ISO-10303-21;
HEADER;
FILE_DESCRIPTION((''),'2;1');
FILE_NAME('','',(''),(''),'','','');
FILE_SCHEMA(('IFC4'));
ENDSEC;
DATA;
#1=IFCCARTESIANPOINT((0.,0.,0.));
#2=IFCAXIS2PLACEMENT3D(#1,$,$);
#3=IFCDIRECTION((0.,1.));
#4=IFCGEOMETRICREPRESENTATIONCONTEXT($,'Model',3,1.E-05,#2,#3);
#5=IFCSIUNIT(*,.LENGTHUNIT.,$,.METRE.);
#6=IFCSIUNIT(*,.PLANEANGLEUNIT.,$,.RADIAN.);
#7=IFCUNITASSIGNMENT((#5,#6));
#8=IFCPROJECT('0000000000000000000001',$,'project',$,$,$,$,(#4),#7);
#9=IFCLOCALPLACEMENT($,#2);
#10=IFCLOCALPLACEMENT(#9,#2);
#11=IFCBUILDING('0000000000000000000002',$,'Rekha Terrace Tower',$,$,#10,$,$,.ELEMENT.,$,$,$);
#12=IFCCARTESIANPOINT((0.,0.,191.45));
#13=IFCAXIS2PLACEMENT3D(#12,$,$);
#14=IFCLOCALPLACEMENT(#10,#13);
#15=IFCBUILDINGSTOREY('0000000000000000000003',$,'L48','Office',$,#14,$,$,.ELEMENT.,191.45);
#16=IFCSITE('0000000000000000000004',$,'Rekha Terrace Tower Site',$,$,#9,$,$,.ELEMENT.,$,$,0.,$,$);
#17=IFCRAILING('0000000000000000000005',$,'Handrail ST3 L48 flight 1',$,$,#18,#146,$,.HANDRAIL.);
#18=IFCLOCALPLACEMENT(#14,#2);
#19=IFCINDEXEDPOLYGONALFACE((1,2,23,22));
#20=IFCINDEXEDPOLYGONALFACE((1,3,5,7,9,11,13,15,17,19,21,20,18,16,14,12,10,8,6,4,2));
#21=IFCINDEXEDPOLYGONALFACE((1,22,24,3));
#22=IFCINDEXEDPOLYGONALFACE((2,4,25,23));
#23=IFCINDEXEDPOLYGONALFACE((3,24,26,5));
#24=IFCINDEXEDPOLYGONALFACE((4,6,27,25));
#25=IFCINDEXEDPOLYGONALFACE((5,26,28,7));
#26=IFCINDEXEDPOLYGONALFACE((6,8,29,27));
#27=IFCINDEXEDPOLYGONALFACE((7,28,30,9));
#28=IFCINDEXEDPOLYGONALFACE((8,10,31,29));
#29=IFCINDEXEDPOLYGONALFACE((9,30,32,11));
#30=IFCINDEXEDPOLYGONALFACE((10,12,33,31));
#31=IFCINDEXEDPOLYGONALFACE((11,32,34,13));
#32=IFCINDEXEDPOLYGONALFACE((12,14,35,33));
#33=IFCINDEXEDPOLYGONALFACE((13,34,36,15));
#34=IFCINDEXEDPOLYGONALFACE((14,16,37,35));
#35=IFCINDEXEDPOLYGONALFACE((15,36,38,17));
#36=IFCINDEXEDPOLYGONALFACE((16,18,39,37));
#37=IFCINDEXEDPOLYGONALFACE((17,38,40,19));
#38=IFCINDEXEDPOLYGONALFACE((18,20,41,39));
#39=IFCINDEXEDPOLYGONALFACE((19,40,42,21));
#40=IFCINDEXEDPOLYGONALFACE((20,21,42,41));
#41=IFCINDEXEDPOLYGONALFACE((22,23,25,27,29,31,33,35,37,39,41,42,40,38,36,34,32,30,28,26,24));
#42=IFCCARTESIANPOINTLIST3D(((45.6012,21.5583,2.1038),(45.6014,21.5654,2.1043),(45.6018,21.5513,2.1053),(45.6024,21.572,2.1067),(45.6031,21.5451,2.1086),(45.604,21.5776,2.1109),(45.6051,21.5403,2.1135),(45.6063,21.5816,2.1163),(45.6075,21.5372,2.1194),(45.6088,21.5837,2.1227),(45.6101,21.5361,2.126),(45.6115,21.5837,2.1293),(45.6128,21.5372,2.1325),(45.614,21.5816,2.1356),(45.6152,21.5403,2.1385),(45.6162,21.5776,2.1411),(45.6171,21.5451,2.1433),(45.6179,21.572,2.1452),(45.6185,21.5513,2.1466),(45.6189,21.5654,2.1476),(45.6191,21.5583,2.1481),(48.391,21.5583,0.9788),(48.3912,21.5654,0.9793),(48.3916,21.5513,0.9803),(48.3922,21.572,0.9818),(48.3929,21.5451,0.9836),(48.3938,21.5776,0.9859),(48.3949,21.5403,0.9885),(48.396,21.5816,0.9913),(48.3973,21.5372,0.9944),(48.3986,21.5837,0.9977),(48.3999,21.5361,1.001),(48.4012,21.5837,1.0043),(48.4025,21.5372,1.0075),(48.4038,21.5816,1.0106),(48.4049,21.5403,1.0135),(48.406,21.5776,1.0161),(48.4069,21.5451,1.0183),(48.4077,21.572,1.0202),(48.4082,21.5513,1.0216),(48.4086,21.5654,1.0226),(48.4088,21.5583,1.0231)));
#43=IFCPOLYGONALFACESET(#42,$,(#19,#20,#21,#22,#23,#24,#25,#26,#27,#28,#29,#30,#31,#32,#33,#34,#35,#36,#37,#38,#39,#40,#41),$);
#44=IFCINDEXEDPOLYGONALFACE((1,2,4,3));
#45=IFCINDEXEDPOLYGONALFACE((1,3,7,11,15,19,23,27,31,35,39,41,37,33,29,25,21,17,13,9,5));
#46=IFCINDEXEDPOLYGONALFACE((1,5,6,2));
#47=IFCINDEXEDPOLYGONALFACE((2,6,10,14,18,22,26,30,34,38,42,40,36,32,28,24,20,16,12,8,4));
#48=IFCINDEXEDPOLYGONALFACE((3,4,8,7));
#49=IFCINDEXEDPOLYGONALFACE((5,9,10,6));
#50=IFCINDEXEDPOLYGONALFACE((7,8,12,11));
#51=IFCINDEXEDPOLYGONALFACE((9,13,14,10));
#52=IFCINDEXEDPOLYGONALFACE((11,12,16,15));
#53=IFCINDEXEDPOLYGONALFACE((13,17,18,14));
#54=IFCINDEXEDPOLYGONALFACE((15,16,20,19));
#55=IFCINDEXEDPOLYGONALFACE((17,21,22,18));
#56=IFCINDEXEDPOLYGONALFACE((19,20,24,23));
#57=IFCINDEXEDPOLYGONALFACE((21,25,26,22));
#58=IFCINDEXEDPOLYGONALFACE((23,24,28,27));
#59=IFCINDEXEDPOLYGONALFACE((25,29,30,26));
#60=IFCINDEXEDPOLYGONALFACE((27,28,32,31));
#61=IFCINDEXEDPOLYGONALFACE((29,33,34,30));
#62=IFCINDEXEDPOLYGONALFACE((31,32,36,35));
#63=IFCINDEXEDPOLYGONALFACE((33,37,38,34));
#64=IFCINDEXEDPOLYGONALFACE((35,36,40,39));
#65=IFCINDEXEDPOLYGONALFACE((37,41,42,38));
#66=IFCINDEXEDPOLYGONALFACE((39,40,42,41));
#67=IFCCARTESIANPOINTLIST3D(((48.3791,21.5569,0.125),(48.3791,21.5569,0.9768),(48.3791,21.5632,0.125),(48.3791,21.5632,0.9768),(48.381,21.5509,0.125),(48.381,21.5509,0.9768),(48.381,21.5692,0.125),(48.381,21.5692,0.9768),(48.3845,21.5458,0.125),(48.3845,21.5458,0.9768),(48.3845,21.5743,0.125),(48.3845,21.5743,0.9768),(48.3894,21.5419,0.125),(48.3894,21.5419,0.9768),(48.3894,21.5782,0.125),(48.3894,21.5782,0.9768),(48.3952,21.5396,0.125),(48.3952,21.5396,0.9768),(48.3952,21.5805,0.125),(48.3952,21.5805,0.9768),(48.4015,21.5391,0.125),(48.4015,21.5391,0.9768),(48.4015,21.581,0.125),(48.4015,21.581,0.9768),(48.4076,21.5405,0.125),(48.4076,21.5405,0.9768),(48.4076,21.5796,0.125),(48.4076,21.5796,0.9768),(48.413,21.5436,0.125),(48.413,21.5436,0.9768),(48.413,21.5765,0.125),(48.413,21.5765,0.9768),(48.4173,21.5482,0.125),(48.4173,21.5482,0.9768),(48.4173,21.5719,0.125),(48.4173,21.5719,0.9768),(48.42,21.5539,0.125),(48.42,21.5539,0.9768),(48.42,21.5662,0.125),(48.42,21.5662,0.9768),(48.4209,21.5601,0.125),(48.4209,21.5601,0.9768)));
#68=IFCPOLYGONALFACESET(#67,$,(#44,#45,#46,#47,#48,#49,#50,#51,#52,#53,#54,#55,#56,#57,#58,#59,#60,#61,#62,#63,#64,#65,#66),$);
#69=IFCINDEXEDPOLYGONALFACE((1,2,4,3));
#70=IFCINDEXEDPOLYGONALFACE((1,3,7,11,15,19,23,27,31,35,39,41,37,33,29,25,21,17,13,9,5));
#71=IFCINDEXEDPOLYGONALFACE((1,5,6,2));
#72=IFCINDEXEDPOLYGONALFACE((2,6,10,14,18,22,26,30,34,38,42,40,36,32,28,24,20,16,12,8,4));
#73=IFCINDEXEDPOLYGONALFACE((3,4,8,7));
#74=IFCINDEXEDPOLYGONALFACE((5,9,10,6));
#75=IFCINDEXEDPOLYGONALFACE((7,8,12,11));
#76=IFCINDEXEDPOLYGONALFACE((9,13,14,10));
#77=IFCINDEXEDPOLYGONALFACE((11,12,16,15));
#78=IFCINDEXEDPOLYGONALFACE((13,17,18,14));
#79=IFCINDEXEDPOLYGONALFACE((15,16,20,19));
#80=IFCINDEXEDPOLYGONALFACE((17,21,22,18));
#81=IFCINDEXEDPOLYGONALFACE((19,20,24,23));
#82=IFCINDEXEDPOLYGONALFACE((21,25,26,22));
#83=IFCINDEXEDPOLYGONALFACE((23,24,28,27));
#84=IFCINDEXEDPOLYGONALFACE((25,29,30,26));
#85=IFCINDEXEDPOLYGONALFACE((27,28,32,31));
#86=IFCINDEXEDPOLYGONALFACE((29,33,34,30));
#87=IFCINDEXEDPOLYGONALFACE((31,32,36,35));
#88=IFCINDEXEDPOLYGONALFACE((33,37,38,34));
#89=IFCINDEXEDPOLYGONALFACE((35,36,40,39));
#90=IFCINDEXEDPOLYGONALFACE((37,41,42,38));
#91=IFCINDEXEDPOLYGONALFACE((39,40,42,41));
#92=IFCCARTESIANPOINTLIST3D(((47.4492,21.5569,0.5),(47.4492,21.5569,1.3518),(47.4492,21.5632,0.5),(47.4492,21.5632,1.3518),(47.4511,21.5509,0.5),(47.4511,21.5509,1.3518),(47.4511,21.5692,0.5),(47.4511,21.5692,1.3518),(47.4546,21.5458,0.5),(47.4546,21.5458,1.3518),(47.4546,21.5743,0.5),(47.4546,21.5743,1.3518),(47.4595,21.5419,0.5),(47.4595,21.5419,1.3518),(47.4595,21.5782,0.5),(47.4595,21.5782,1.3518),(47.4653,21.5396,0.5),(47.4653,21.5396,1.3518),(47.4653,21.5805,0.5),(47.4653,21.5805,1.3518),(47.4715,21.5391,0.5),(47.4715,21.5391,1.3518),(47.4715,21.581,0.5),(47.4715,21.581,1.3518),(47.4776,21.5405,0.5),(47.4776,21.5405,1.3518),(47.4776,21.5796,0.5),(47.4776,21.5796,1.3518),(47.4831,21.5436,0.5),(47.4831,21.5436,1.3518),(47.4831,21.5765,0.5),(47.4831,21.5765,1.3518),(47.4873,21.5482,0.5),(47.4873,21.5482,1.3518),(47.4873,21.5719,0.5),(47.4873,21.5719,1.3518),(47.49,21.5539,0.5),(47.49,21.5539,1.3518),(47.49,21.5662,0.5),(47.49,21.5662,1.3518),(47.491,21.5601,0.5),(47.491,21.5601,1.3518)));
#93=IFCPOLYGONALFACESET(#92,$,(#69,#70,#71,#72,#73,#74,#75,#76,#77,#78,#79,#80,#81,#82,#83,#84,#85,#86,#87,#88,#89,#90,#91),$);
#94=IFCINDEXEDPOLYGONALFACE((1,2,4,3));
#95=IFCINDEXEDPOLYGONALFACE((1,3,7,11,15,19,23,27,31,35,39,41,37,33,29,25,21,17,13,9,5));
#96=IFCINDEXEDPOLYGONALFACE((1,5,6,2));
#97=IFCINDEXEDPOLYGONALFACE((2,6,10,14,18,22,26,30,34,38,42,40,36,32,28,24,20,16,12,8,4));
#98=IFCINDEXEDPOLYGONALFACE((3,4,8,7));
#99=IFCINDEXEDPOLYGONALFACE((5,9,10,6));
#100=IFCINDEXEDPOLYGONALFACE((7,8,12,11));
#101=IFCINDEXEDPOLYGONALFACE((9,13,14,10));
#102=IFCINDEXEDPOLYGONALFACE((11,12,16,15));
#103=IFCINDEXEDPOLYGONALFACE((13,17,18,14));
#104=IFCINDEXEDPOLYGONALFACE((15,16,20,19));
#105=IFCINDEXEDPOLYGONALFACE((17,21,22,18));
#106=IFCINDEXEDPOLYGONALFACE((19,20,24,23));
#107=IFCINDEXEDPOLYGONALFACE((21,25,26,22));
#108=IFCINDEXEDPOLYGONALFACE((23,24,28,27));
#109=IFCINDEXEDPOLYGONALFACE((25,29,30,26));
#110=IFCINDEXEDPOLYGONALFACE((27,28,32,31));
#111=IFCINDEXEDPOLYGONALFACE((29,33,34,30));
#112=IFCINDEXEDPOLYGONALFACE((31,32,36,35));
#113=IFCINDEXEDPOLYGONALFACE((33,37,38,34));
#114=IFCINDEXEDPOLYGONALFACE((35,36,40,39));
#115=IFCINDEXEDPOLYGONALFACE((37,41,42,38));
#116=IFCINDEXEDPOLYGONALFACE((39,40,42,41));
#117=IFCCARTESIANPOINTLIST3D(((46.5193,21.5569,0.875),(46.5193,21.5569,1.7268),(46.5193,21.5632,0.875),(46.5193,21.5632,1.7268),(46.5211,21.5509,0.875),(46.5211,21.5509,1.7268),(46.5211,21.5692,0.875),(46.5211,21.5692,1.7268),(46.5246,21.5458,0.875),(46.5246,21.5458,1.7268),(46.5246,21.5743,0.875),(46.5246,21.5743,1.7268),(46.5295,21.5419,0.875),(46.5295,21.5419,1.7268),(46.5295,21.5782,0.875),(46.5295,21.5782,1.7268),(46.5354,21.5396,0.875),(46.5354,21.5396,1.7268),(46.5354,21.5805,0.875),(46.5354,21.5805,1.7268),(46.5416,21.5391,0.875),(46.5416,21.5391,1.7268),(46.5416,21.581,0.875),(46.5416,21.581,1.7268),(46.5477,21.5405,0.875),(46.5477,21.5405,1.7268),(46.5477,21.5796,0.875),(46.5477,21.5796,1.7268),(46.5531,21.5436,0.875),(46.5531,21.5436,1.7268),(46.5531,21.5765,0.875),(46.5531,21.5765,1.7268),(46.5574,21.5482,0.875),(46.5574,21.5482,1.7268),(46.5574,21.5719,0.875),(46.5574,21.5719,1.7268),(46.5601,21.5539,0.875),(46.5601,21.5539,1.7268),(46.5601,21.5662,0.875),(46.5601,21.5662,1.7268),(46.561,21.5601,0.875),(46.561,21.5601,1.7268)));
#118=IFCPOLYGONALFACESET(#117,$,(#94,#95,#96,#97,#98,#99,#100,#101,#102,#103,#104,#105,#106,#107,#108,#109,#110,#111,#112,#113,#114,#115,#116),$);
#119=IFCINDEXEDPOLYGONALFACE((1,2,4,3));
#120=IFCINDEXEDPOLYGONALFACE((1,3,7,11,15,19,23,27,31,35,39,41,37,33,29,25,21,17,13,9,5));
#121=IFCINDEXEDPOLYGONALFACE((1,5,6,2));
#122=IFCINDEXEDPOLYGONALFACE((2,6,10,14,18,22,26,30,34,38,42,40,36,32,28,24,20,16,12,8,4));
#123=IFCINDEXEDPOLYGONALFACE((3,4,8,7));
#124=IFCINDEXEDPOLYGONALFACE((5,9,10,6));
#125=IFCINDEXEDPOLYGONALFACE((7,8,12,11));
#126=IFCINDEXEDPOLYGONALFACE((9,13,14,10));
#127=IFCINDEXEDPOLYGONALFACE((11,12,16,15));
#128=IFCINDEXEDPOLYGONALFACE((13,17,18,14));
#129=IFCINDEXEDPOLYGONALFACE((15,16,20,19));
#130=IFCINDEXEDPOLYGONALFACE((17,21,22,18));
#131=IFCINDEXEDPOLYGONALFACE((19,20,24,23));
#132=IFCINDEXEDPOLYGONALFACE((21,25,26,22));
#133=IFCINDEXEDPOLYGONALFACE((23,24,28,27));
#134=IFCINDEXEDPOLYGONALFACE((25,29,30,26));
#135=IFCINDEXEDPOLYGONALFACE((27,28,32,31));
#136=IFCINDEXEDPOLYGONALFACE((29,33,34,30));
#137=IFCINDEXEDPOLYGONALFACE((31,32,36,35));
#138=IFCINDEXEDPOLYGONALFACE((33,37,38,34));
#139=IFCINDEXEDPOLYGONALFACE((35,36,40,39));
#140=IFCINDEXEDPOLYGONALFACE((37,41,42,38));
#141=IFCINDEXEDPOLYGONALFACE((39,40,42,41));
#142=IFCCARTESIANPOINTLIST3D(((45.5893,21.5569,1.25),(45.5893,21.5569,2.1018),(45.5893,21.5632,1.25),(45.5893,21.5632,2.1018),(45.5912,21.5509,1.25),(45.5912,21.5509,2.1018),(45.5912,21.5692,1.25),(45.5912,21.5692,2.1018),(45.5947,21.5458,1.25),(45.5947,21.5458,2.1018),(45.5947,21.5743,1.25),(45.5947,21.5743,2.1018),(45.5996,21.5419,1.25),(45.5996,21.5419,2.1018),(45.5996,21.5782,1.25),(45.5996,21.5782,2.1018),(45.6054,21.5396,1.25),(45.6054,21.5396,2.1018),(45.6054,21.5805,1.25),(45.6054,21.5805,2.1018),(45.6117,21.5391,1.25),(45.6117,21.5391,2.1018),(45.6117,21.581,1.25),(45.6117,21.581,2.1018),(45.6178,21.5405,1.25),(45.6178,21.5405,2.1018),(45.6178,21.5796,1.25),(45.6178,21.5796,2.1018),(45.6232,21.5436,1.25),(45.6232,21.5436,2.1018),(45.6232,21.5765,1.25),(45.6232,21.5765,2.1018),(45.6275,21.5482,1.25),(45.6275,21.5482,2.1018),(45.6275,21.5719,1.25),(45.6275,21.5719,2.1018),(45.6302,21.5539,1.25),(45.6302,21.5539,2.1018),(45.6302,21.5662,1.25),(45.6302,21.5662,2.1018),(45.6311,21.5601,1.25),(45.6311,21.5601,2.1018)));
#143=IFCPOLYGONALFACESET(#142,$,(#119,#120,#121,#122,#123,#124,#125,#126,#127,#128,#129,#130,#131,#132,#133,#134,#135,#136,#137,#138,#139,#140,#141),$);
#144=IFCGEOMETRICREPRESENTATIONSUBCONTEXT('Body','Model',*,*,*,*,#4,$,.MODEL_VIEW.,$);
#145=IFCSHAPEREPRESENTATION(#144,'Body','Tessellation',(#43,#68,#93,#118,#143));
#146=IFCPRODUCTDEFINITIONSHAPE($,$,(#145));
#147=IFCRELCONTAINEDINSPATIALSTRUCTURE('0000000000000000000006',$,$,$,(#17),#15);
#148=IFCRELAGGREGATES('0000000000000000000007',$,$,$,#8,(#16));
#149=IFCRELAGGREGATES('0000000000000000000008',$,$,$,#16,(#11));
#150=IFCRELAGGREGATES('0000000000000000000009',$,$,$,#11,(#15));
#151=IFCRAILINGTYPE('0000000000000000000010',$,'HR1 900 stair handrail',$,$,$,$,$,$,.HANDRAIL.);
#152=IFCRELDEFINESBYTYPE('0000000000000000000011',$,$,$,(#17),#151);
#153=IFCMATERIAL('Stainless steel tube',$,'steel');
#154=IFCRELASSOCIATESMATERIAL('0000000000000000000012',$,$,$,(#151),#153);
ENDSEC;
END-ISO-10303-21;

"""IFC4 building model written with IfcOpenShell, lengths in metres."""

from ifc_helpers import new_model, si_unit, direction, frame, origin, origin_2d, place, context, subcontext, project, spatial, circle, extrude, material, type_object, element, save


model = new_model("IFC4")

# Units and contexts
model_context = context("Model", 3, precision=1e-05, world=origin(), true_north=direction((0.0, 1.0)))
body_context = subcontext(model_context, "Body", "Model", "MODEL_VIEW")
ifc_project = project(units=[si_unit("LENGTHUNIT", "METRE"), si_unit("PLANEANGLEUNIT", "RADIAN")], contexts=[model_context])

# Site, building, storey
site_placement = place(None, origin())
site = spatial("IfcSite", under=ifc_project, at=site_placement, Name="Rekha Terrace Tower Site", CompositionType="ELEMENT", RefElevation=0.0)
building_placement = place(site_placement, origin())
building = spatial("IfcBuilding", under=site, at=building_placement, Name="Rekha Terrace Tower", CompositionType="ELEMENT")
storey_placement = place(building_placement, frame((0.0, 0.0, 191.45)))
storey = spatial("IfcBuildingStorey", under=building, at=storey_placement, Name="L48", Description="Office", CompositionType="ELEMENT", Elevation=191.45)

# Railing
ifc_material_1 = material(Name="Stainless steel tube", Category="steel")
railing_type_1 = type_object("IfcRailingType", Name="HR1 900 stair handrail", PredefinedType="HANDRAIL", material=ifc_material_1)
railing_1_placement = place(storey_placement, frame((48.3999, 21.5601, 0.125)))
element("IfcRailing", 1, at=railing_1_placement, inside=storey, type_object=railing_type_1, Name="Handrail ST3 L48 flight 1", PredefinedType="HANDRAIL", context=body_context, shape_type="SweptSolid", body=[
    extrude(circle(Radius=0.0239, at=origin_2d()), frame((0.0, 0.0, 0.876), z_axis=(-0.927432, 0.0, 0.373992), x_axis=(0.0, -1.0, 0.0)), (0.0, 0.0, 1.0), 3.0081),
    extrude(circle(Radius=0.021, at=origin_2d()), origin(), (0.0, 0.0, 1.0), 0.8518),
    extrude(circle(Radius=0.021, at=origin_2d()), frame((-0.9299, 0.0, 0.375)), (0.0, 0.0, 1.0), 0.8518),
    extrude(circle(Radius=0.021, at=origin_2d()), frame((-1.8599, 0.0, 0.75)), (0.0, 0.0, 1.0), 0.8518),
    extrude(circle(Radius=0.021, at=origin_2d()), frame((-2.7898, 0.0, 1.125)), (0.0, 0.0, 1.0), 0.8518),
])

save(model, "model.ifc")
